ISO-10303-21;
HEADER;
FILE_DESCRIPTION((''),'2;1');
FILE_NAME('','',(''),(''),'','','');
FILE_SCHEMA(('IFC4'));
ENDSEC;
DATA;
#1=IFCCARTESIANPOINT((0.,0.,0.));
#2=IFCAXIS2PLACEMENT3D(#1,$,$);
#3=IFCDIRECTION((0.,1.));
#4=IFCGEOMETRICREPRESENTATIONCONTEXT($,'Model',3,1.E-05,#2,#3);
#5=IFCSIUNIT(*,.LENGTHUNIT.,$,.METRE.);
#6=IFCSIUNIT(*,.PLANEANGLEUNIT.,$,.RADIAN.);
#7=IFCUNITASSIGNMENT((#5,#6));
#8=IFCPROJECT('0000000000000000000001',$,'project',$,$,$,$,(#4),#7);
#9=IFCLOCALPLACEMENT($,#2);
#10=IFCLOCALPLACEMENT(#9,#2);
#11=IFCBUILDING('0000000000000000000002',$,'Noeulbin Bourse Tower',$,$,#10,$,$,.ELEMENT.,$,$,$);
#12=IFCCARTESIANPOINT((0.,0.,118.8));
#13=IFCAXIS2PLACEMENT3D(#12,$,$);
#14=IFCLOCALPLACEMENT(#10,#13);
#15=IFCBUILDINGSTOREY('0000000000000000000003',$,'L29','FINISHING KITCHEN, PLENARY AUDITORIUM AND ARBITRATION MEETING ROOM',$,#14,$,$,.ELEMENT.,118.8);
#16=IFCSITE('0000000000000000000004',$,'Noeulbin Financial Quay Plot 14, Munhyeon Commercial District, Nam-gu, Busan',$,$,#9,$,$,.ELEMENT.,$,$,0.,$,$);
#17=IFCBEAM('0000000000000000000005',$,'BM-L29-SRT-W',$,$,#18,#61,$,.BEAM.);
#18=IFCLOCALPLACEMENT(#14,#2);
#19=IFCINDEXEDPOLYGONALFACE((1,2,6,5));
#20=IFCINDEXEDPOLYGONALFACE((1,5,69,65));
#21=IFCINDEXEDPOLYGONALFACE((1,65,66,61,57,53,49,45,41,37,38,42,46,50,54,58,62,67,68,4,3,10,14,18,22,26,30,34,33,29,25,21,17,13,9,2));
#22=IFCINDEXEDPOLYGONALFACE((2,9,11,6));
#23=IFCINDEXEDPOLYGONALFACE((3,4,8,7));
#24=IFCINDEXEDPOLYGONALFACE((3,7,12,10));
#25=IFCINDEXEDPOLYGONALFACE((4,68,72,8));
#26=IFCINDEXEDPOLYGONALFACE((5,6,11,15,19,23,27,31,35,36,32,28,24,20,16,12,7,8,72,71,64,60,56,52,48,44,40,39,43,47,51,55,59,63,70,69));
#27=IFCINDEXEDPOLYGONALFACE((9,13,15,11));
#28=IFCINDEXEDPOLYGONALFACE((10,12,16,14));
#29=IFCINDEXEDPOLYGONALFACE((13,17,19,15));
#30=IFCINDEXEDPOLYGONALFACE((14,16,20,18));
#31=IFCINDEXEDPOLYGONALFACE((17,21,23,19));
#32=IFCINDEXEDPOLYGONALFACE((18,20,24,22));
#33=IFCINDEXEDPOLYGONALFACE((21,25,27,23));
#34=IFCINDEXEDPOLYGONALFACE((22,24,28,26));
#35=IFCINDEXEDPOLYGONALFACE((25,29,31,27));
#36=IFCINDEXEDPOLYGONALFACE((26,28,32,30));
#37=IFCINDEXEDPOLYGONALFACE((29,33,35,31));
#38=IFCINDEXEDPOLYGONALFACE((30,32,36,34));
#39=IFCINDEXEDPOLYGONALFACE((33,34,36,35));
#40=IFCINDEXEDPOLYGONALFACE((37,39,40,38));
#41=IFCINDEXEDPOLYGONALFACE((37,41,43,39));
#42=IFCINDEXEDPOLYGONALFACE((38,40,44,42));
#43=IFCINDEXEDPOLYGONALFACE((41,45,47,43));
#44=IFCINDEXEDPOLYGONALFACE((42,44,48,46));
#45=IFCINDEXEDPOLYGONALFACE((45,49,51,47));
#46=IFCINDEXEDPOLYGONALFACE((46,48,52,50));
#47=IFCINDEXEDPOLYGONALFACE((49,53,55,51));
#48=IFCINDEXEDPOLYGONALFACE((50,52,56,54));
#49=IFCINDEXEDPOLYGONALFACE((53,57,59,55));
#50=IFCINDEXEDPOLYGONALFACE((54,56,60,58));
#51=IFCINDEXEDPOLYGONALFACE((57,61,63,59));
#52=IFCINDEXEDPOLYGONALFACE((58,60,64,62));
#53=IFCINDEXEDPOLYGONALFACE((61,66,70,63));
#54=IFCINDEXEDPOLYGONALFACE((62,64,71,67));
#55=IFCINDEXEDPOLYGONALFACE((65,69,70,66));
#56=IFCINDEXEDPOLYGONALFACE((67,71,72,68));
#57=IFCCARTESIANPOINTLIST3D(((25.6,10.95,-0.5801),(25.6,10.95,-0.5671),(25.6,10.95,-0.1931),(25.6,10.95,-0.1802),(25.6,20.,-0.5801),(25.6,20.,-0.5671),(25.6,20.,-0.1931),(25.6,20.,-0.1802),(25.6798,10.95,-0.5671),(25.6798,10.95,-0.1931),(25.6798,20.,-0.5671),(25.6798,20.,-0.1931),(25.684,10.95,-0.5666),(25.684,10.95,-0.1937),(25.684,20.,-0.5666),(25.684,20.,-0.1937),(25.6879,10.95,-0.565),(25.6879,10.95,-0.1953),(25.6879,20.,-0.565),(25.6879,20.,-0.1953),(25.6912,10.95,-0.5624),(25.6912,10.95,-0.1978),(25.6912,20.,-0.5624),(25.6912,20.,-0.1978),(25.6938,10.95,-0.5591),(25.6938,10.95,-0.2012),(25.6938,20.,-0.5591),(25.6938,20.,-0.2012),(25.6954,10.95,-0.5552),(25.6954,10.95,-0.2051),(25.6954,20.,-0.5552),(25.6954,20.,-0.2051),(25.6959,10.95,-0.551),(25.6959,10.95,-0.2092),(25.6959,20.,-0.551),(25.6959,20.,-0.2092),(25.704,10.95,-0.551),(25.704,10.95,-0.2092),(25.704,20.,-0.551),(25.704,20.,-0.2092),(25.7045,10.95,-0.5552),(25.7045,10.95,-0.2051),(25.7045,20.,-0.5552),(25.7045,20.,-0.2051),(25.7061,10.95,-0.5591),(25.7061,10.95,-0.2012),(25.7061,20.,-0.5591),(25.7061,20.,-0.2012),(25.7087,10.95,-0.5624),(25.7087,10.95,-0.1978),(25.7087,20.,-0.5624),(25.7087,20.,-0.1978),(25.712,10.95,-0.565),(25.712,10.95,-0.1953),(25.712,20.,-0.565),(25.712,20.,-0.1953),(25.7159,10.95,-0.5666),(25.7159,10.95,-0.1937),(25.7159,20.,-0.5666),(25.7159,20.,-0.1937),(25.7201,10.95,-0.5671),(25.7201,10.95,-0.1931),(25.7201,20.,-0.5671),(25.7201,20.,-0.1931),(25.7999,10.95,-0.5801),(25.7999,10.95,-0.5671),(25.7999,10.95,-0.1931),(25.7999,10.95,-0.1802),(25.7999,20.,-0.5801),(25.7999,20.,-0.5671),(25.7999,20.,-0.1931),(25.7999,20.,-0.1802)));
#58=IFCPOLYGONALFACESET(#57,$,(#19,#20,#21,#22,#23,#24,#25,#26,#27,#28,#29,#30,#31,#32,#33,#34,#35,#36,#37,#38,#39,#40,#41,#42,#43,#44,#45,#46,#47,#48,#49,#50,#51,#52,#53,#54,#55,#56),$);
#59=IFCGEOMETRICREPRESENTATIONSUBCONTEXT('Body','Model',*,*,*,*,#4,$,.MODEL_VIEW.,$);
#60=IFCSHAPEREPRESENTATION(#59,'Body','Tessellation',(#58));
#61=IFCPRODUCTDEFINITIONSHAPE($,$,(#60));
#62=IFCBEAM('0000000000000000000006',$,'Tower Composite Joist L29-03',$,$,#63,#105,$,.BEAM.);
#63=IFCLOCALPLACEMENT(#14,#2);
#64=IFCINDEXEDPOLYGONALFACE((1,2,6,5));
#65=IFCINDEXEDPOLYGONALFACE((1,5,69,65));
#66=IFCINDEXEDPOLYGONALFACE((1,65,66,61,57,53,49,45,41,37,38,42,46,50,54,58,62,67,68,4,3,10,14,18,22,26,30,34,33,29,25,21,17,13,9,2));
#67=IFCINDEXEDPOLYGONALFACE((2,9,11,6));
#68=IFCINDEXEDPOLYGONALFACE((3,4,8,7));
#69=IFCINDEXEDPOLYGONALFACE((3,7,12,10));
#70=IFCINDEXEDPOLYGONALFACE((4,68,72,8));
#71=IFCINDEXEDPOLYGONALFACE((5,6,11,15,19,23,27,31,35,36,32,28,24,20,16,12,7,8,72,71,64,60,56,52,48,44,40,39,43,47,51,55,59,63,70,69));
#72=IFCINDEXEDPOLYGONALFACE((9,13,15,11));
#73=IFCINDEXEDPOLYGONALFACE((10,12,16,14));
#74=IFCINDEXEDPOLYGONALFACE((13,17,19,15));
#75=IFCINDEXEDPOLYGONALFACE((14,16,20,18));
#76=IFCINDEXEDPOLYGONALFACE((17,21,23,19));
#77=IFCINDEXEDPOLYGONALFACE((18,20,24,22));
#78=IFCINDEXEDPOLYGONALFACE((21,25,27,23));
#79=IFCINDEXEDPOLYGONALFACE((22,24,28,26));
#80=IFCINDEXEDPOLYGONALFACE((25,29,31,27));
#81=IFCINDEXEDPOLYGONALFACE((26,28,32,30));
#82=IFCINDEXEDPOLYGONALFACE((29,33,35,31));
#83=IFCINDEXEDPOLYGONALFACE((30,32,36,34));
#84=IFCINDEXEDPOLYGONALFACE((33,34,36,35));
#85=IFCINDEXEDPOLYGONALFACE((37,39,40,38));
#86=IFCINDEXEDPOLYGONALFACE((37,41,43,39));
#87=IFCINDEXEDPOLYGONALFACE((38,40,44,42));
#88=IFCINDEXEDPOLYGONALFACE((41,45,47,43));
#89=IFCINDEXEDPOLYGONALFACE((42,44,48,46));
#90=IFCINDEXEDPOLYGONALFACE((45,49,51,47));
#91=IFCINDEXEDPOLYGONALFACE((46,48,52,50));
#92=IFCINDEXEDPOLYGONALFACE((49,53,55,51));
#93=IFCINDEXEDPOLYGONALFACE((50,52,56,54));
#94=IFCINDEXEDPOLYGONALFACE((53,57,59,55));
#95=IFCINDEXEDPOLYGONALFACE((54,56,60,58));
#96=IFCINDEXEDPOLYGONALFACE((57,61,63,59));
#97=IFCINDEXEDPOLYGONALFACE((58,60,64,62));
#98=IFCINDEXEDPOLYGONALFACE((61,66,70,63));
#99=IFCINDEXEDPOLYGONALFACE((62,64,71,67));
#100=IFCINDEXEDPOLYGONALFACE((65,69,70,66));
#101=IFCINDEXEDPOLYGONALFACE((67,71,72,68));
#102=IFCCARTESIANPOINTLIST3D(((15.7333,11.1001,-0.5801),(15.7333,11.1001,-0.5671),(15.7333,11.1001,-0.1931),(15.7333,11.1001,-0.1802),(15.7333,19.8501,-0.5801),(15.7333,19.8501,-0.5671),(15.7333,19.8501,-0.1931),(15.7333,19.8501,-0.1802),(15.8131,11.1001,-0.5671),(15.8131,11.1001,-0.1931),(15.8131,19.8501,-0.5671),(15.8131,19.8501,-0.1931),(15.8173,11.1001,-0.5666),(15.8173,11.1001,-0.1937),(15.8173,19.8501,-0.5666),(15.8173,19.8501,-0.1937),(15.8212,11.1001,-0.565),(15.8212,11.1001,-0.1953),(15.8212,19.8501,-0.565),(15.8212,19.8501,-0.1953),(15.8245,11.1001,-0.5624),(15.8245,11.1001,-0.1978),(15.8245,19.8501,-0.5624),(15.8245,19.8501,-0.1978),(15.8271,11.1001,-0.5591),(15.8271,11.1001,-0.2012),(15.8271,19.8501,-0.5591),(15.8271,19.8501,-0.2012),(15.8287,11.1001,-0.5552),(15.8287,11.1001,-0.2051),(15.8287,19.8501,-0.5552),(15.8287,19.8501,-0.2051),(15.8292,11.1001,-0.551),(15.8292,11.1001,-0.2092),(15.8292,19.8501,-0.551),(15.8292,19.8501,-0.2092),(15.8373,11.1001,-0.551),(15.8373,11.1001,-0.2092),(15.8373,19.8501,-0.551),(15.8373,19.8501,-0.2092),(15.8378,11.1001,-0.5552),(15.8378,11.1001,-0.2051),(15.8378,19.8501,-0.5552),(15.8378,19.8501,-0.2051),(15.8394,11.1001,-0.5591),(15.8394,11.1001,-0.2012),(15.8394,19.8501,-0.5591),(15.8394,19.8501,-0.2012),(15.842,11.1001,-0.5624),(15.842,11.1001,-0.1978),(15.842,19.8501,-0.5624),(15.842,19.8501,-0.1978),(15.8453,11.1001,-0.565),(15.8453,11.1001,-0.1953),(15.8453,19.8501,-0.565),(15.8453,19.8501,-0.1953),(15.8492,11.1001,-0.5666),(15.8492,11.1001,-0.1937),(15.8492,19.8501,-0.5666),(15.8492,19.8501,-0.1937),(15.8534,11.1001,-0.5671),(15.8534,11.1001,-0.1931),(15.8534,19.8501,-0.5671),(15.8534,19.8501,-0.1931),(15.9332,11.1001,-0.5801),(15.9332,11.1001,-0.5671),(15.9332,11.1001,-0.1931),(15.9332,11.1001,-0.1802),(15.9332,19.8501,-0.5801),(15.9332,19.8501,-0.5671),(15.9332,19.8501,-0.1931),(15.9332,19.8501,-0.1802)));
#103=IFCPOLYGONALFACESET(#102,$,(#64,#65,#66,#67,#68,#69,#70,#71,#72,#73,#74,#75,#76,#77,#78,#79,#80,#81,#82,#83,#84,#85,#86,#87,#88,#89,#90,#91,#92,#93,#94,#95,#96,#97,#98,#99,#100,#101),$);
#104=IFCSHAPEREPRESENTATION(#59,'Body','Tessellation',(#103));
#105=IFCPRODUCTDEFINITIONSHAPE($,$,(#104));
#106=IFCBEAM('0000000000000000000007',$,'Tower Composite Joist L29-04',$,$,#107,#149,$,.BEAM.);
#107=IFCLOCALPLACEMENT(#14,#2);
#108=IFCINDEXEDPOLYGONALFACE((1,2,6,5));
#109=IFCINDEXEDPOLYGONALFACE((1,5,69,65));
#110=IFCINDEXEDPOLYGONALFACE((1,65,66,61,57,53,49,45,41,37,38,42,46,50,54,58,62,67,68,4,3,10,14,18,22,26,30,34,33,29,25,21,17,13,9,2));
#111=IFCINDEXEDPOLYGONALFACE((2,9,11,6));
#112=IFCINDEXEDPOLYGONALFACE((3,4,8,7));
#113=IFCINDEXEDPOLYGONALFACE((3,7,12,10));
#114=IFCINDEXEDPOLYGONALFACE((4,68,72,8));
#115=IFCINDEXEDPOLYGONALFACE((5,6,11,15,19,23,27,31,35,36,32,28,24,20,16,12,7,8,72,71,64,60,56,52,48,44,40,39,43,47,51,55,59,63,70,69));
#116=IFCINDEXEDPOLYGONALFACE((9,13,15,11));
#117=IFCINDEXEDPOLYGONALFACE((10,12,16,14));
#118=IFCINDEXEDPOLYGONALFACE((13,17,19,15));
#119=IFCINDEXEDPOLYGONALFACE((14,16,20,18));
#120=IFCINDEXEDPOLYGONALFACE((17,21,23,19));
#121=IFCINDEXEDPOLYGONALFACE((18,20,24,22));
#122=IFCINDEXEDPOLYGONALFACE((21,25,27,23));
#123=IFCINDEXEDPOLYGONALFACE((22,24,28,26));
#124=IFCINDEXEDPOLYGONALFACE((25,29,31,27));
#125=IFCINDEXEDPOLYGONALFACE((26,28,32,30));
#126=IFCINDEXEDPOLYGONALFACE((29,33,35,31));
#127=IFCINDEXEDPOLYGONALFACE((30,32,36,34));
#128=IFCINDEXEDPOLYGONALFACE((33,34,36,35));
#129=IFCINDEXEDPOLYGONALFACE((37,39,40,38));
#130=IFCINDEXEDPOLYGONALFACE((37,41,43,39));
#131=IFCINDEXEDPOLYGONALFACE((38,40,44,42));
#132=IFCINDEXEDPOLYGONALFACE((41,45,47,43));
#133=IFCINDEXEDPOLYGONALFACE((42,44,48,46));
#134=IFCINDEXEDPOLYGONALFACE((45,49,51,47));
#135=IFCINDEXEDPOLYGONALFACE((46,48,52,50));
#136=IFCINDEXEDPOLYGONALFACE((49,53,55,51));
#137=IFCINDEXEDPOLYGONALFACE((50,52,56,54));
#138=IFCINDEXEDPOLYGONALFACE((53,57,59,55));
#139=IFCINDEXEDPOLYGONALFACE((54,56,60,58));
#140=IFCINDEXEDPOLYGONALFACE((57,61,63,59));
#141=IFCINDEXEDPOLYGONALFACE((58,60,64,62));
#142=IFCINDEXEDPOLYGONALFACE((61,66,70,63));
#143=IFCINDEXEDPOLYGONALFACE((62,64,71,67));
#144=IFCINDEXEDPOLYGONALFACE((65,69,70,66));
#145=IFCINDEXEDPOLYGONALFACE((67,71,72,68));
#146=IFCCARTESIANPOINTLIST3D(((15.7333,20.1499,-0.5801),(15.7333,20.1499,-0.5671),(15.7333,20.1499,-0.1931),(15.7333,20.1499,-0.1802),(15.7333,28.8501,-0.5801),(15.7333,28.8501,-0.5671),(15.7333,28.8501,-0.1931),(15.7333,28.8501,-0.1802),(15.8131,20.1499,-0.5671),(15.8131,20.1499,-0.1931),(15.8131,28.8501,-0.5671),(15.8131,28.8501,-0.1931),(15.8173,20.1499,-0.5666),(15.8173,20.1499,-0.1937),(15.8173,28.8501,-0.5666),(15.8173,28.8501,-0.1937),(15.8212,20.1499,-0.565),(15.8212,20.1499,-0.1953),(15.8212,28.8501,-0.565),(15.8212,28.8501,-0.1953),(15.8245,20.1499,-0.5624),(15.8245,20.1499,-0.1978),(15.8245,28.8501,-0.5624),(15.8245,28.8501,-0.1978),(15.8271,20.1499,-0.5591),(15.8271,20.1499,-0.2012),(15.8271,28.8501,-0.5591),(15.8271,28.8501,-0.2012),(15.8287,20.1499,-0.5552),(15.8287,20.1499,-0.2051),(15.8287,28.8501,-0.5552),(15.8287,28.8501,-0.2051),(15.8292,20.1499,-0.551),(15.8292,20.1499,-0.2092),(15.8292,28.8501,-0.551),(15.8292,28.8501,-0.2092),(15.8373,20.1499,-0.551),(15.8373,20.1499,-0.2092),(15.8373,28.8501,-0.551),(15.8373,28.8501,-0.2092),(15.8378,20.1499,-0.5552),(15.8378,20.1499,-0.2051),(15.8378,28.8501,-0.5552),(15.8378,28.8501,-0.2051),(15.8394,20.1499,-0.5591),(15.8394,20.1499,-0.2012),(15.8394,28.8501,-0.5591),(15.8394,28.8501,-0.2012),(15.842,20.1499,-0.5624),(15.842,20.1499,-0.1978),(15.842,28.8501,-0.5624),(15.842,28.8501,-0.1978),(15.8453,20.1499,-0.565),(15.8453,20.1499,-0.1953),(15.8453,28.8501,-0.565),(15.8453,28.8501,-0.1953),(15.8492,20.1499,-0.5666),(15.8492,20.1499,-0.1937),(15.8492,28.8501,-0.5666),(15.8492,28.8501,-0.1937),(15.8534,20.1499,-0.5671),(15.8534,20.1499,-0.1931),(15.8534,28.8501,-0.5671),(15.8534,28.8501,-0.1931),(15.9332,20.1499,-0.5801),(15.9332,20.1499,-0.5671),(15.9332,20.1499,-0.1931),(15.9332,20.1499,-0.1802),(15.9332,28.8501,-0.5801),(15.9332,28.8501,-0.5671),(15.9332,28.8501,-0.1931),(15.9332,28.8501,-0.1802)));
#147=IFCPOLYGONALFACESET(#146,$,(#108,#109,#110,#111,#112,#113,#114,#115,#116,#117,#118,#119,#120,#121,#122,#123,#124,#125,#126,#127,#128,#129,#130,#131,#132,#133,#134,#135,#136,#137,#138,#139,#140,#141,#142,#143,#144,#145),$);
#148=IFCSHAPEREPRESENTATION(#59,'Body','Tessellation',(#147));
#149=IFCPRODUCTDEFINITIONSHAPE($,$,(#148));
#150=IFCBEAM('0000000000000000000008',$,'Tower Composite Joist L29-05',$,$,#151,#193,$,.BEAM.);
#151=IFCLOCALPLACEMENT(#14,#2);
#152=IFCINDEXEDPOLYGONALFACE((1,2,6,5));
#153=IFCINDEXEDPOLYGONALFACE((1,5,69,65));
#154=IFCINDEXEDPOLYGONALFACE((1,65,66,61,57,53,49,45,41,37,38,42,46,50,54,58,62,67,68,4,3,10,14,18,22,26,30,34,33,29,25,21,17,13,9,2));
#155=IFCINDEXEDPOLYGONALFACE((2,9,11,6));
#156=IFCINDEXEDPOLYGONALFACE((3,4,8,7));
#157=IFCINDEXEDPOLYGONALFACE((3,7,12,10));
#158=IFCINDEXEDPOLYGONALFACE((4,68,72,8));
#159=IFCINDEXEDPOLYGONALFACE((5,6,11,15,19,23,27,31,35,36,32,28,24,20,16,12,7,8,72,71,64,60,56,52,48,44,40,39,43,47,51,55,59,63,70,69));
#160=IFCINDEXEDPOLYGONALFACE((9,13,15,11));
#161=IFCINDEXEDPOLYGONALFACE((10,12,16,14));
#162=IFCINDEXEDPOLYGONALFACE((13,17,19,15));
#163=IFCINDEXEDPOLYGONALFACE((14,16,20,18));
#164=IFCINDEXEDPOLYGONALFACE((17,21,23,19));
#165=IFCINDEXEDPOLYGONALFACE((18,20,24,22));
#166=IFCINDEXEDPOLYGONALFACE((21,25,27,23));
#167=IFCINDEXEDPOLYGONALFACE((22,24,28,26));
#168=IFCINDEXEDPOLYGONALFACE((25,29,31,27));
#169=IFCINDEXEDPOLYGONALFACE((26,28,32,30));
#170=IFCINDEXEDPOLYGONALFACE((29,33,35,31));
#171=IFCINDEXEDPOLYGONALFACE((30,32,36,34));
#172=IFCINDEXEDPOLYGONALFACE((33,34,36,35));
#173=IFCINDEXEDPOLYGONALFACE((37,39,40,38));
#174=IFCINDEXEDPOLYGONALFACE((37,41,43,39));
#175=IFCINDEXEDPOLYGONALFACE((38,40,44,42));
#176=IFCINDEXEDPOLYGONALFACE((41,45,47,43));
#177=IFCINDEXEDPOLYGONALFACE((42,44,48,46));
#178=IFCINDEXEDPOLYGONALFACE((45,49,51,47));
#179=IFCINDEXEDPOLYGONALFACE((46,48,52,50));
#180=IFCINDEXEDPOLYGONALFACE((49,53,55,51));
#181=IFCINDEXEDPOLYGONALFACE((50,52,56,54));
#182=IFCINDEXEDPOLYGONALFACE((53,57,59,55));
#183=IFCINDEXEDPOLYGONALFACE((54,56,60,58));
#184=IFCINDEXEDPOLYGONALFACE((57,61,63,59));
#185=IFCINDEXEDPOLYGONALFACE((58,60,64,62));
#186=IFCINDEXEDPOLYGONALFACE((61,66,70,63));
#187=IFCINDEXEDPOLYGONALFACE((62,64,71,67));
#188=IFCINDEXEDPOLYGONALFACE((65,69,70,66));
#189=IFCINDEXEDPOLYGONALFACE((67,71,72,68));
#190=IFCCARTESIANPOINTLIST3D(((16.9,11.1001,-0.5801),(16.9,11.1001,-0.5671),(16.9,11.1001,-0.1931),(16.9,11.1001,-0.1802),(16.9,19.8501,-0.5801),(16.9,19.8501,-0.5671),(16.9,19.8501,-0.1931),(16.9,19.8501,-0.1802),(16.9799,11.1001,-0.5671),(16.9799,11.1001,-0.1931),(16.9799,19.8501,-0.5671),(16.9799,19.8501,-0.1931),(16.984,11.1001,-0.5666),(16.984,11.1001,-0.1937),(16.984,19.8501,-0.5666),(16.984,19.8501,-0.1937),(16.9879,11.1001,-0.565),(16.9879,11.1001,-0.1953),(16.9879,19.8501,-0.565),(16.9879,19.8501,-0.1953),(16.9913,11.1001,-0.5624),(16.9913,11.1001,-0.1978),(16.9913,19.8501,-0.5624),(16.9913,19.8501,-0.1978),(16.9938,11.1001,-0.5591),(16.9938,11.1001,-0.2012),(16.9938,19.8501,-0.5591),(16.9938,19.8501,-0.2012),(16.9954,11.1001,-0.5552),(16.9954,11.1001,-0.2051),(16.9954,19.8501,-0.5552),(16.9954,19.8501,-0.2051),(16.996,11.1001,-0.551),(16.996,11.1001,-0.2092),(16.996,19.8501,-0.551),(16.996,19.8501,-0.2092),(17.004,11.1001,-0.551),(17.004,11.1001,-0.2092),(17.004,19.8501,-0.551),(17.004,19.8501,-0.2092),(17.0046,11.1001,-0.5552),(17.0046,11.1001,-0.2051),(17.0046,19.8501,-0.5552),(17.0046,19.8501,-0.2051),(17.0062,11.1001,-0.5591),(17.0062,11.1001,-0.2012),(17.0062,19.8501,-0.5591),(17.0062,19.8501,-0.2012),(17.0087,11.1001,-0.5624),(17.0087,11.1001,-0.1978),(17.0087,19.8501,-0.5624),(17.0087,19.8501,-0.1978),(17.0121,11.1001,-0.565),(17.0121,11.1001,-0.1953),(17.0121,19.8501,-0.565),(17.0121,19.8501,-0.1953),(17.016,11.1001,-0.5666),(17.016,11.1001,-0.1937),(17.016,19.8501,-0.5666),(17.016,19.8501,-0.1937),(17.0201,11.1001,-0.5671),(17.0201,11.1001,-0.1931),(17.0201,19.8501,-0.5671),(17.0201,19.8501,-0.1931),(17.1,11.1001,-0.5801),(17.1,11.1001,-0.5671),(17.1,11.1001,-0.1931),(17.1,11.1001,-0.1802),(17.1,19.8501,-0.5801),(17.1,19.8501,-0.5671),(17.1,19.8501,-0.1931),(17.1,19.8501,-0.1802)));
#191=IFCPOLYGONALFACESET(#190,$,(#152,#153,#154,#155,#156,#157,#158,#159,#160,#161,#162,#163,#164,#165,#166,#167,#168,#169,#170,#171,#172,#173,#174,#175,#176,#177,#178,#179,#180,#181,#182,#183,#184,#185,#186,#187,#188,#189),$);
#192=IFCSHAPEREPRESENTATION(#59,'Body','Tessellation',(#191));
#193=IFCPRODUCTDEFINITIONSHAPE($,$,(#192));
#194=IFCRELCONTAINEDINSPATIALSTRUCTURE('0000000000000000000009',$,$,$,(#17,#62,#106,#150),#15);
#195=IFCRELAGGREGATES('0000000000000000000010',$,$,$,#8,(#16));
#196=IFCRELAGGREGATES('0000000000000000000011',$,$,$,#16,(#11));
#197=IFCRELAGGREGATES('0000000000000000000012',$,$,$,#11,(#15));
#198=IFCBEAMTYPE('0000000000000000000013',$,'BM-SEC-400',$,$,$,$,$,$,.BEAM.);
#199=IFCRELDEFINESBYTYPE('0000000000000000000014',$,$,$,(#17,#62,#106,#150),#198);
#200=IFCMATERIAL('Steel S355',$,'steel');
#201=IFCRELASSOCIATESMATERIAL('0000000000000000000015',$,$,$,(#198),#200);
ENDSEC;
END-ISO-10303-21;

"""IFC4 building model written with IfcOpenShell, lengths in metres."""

from ifc_helpers import new_model, si_unit, direction, frame, origin, origin_2d, place, context, subcontext, project, spatial, i_section, extrude, material, material_profile, profile_set, type_object, element, save


model = new_model("IFC4")

# Units and contexts
model_context = context("Model", 3, precision=1e-05, world=origin(), true_north=direction((0.0, 1.0)))
body_context = subcontext(model_context, "Body", "Model", "MODEL_VIEW")
ifc_project = project(units=[si_unit("LENGTHUNIT", "METRE"), si_unit("PLANEANGLEUNIT", "RADIAN")], contexts=[model_context])

# Site, building, storey
site_placement = place(None, origin())
site = spatial("IfcSite", under=ifc_project, at=site_placement, Name="Noeulbin Financial Quay Plot 14, Munhyeon Commercial District, Nam-gu, Busan", CompositionType="ELEMENT", RefElevation=0.0)
building_placement = place(site_placement, origin())
building = spatial("IfcBuilding", under=site, at=building_placement, Name="Noeulbin Bourse Tower", CompositionType="ELEMENT")
storey_placement = place(building_placement, frame((0.0, 0.0, 118.8)))
storey = spatial("IfcBuildingStorey", under=building, at=storey_placement, Name="L29", Description="FINISHING KITCHEN, PLENARY AUDITORIUM AND ARBITRATION MEETING ROOM", CompositionType="ELEMENT", Elevation=118.8)

# Beams
ifc_material_1 = material(Name="Steel S355", Category="steel")
ifc_material_profile_1 = material_profile(ifc_material_1, i_section(OverallWidth=0.2, OverallDepth=0.3999, WebThickness=0.0081, FlangeThickness=0.0129, FilletRadius=0.0161, at=origin_2d()), Name="H-400x200x8x13", Category="LoadBearing")
ifc_profile_set_1 = profile_set([ifc_material_profile_1], Name="Steel S355")
beam_type_1 = type_object("IfcBeamType", Name="BM-SEC-400", PredefinedType="BEAM", material=ifc_profile_set_1)
beam_1_placement = place(storey_placement, frame((25.7, 10.95, -0.3801), z_axis=(0.0, 1.0, 0.0), x_axis=(-1.0, 0.0, 0.0)))
element("IfcBeam", 1, at=beam_1_placement, inside=storey, type_object=beam_type_1, Name="BM-L29-SRT-W", PredefinedType="BEAM", context=body_context, shape_type="SweptSolid", body=[
    extrude(i_section(OverallWidth=0.2, OverallDepth=0.3999, WebThickness=0.0081, FlangeThickness=0.0129, FilletRadius=0.0161, at=origin_2d()), origin(), (0.0, 0.0, 1.0), 9.05),
])
beam_2_placement = place(storey_placement, frame((15.8333, 11.1001, -0.3801), z_axis=(0.0, 1.0, 0.0), x_axis=(-1.0, 0.0, 0.0)))
element("IfcBeam", 2, at=beam_2_placement, inside=storey, type_object=beam_type_1, Name="Tower Composite Joist L29-03", PredefinedType="BEAM", context=body_context, shape_type="SweptSolid", body=[
    extrude(i_section(OverallWidth=0.2, OverallDepth=0.3999, WebThickness=0.0081, FlangeThickness=0.0129, FilletRadius=0.0161, at=origin_2d()), origin(), (0.0, 0.0, 1.0), 8.75),
])
beam_3_placement = place(storey_placement, frame((15.8333, 20.1499, -0.3801), z_axis=(0.0, 1.0, 0.0), x_axis=(-1.0, 0.0, 0.0)))
element("IfcBeam", 3, at=beam_3_placement, inside=storey, type_object=beam_type_1, Name="Tower Composite Joist L29-04", PredefinedType="BEAM", context=body_context, shape_type="SweptSolid", body=[
    extrude(i_section(OverallWidth=0.2, OverallDepth=0.3999, WebThickness=0.0081, FlangeThickness=0.0129, FilletRadius=0.0161, at=origin_2d()), origin(), (0.0, 0.0, 1.0), 8.7002),
])
beam_4_placement = place(storey_placement, frame((17.0, 11.1001, -0.3801), z_axis=(0.0, 1.0, 0.0), x_axis=(-1.0, 0.0, 0.0)))
element("IfcBeam", 4, at=beam_4_placement, inside=storey, type_object=beam_type_1, Name="Tower Composite Joist L29-05", PredefinedType="BEAM", context=body_context, shape_type="SweptSolid", body=[
    extrude(i_section(OverallWidth=0.2, OverallDepth=0.3999, WebThickness=0.0081, FlangeThickness=0.0129, FilletRadius=0.0161, at=origin_2d()), origin(), (0.0, 0.0, 1.0), 8.75),
])

save(model, "model.ifc")
